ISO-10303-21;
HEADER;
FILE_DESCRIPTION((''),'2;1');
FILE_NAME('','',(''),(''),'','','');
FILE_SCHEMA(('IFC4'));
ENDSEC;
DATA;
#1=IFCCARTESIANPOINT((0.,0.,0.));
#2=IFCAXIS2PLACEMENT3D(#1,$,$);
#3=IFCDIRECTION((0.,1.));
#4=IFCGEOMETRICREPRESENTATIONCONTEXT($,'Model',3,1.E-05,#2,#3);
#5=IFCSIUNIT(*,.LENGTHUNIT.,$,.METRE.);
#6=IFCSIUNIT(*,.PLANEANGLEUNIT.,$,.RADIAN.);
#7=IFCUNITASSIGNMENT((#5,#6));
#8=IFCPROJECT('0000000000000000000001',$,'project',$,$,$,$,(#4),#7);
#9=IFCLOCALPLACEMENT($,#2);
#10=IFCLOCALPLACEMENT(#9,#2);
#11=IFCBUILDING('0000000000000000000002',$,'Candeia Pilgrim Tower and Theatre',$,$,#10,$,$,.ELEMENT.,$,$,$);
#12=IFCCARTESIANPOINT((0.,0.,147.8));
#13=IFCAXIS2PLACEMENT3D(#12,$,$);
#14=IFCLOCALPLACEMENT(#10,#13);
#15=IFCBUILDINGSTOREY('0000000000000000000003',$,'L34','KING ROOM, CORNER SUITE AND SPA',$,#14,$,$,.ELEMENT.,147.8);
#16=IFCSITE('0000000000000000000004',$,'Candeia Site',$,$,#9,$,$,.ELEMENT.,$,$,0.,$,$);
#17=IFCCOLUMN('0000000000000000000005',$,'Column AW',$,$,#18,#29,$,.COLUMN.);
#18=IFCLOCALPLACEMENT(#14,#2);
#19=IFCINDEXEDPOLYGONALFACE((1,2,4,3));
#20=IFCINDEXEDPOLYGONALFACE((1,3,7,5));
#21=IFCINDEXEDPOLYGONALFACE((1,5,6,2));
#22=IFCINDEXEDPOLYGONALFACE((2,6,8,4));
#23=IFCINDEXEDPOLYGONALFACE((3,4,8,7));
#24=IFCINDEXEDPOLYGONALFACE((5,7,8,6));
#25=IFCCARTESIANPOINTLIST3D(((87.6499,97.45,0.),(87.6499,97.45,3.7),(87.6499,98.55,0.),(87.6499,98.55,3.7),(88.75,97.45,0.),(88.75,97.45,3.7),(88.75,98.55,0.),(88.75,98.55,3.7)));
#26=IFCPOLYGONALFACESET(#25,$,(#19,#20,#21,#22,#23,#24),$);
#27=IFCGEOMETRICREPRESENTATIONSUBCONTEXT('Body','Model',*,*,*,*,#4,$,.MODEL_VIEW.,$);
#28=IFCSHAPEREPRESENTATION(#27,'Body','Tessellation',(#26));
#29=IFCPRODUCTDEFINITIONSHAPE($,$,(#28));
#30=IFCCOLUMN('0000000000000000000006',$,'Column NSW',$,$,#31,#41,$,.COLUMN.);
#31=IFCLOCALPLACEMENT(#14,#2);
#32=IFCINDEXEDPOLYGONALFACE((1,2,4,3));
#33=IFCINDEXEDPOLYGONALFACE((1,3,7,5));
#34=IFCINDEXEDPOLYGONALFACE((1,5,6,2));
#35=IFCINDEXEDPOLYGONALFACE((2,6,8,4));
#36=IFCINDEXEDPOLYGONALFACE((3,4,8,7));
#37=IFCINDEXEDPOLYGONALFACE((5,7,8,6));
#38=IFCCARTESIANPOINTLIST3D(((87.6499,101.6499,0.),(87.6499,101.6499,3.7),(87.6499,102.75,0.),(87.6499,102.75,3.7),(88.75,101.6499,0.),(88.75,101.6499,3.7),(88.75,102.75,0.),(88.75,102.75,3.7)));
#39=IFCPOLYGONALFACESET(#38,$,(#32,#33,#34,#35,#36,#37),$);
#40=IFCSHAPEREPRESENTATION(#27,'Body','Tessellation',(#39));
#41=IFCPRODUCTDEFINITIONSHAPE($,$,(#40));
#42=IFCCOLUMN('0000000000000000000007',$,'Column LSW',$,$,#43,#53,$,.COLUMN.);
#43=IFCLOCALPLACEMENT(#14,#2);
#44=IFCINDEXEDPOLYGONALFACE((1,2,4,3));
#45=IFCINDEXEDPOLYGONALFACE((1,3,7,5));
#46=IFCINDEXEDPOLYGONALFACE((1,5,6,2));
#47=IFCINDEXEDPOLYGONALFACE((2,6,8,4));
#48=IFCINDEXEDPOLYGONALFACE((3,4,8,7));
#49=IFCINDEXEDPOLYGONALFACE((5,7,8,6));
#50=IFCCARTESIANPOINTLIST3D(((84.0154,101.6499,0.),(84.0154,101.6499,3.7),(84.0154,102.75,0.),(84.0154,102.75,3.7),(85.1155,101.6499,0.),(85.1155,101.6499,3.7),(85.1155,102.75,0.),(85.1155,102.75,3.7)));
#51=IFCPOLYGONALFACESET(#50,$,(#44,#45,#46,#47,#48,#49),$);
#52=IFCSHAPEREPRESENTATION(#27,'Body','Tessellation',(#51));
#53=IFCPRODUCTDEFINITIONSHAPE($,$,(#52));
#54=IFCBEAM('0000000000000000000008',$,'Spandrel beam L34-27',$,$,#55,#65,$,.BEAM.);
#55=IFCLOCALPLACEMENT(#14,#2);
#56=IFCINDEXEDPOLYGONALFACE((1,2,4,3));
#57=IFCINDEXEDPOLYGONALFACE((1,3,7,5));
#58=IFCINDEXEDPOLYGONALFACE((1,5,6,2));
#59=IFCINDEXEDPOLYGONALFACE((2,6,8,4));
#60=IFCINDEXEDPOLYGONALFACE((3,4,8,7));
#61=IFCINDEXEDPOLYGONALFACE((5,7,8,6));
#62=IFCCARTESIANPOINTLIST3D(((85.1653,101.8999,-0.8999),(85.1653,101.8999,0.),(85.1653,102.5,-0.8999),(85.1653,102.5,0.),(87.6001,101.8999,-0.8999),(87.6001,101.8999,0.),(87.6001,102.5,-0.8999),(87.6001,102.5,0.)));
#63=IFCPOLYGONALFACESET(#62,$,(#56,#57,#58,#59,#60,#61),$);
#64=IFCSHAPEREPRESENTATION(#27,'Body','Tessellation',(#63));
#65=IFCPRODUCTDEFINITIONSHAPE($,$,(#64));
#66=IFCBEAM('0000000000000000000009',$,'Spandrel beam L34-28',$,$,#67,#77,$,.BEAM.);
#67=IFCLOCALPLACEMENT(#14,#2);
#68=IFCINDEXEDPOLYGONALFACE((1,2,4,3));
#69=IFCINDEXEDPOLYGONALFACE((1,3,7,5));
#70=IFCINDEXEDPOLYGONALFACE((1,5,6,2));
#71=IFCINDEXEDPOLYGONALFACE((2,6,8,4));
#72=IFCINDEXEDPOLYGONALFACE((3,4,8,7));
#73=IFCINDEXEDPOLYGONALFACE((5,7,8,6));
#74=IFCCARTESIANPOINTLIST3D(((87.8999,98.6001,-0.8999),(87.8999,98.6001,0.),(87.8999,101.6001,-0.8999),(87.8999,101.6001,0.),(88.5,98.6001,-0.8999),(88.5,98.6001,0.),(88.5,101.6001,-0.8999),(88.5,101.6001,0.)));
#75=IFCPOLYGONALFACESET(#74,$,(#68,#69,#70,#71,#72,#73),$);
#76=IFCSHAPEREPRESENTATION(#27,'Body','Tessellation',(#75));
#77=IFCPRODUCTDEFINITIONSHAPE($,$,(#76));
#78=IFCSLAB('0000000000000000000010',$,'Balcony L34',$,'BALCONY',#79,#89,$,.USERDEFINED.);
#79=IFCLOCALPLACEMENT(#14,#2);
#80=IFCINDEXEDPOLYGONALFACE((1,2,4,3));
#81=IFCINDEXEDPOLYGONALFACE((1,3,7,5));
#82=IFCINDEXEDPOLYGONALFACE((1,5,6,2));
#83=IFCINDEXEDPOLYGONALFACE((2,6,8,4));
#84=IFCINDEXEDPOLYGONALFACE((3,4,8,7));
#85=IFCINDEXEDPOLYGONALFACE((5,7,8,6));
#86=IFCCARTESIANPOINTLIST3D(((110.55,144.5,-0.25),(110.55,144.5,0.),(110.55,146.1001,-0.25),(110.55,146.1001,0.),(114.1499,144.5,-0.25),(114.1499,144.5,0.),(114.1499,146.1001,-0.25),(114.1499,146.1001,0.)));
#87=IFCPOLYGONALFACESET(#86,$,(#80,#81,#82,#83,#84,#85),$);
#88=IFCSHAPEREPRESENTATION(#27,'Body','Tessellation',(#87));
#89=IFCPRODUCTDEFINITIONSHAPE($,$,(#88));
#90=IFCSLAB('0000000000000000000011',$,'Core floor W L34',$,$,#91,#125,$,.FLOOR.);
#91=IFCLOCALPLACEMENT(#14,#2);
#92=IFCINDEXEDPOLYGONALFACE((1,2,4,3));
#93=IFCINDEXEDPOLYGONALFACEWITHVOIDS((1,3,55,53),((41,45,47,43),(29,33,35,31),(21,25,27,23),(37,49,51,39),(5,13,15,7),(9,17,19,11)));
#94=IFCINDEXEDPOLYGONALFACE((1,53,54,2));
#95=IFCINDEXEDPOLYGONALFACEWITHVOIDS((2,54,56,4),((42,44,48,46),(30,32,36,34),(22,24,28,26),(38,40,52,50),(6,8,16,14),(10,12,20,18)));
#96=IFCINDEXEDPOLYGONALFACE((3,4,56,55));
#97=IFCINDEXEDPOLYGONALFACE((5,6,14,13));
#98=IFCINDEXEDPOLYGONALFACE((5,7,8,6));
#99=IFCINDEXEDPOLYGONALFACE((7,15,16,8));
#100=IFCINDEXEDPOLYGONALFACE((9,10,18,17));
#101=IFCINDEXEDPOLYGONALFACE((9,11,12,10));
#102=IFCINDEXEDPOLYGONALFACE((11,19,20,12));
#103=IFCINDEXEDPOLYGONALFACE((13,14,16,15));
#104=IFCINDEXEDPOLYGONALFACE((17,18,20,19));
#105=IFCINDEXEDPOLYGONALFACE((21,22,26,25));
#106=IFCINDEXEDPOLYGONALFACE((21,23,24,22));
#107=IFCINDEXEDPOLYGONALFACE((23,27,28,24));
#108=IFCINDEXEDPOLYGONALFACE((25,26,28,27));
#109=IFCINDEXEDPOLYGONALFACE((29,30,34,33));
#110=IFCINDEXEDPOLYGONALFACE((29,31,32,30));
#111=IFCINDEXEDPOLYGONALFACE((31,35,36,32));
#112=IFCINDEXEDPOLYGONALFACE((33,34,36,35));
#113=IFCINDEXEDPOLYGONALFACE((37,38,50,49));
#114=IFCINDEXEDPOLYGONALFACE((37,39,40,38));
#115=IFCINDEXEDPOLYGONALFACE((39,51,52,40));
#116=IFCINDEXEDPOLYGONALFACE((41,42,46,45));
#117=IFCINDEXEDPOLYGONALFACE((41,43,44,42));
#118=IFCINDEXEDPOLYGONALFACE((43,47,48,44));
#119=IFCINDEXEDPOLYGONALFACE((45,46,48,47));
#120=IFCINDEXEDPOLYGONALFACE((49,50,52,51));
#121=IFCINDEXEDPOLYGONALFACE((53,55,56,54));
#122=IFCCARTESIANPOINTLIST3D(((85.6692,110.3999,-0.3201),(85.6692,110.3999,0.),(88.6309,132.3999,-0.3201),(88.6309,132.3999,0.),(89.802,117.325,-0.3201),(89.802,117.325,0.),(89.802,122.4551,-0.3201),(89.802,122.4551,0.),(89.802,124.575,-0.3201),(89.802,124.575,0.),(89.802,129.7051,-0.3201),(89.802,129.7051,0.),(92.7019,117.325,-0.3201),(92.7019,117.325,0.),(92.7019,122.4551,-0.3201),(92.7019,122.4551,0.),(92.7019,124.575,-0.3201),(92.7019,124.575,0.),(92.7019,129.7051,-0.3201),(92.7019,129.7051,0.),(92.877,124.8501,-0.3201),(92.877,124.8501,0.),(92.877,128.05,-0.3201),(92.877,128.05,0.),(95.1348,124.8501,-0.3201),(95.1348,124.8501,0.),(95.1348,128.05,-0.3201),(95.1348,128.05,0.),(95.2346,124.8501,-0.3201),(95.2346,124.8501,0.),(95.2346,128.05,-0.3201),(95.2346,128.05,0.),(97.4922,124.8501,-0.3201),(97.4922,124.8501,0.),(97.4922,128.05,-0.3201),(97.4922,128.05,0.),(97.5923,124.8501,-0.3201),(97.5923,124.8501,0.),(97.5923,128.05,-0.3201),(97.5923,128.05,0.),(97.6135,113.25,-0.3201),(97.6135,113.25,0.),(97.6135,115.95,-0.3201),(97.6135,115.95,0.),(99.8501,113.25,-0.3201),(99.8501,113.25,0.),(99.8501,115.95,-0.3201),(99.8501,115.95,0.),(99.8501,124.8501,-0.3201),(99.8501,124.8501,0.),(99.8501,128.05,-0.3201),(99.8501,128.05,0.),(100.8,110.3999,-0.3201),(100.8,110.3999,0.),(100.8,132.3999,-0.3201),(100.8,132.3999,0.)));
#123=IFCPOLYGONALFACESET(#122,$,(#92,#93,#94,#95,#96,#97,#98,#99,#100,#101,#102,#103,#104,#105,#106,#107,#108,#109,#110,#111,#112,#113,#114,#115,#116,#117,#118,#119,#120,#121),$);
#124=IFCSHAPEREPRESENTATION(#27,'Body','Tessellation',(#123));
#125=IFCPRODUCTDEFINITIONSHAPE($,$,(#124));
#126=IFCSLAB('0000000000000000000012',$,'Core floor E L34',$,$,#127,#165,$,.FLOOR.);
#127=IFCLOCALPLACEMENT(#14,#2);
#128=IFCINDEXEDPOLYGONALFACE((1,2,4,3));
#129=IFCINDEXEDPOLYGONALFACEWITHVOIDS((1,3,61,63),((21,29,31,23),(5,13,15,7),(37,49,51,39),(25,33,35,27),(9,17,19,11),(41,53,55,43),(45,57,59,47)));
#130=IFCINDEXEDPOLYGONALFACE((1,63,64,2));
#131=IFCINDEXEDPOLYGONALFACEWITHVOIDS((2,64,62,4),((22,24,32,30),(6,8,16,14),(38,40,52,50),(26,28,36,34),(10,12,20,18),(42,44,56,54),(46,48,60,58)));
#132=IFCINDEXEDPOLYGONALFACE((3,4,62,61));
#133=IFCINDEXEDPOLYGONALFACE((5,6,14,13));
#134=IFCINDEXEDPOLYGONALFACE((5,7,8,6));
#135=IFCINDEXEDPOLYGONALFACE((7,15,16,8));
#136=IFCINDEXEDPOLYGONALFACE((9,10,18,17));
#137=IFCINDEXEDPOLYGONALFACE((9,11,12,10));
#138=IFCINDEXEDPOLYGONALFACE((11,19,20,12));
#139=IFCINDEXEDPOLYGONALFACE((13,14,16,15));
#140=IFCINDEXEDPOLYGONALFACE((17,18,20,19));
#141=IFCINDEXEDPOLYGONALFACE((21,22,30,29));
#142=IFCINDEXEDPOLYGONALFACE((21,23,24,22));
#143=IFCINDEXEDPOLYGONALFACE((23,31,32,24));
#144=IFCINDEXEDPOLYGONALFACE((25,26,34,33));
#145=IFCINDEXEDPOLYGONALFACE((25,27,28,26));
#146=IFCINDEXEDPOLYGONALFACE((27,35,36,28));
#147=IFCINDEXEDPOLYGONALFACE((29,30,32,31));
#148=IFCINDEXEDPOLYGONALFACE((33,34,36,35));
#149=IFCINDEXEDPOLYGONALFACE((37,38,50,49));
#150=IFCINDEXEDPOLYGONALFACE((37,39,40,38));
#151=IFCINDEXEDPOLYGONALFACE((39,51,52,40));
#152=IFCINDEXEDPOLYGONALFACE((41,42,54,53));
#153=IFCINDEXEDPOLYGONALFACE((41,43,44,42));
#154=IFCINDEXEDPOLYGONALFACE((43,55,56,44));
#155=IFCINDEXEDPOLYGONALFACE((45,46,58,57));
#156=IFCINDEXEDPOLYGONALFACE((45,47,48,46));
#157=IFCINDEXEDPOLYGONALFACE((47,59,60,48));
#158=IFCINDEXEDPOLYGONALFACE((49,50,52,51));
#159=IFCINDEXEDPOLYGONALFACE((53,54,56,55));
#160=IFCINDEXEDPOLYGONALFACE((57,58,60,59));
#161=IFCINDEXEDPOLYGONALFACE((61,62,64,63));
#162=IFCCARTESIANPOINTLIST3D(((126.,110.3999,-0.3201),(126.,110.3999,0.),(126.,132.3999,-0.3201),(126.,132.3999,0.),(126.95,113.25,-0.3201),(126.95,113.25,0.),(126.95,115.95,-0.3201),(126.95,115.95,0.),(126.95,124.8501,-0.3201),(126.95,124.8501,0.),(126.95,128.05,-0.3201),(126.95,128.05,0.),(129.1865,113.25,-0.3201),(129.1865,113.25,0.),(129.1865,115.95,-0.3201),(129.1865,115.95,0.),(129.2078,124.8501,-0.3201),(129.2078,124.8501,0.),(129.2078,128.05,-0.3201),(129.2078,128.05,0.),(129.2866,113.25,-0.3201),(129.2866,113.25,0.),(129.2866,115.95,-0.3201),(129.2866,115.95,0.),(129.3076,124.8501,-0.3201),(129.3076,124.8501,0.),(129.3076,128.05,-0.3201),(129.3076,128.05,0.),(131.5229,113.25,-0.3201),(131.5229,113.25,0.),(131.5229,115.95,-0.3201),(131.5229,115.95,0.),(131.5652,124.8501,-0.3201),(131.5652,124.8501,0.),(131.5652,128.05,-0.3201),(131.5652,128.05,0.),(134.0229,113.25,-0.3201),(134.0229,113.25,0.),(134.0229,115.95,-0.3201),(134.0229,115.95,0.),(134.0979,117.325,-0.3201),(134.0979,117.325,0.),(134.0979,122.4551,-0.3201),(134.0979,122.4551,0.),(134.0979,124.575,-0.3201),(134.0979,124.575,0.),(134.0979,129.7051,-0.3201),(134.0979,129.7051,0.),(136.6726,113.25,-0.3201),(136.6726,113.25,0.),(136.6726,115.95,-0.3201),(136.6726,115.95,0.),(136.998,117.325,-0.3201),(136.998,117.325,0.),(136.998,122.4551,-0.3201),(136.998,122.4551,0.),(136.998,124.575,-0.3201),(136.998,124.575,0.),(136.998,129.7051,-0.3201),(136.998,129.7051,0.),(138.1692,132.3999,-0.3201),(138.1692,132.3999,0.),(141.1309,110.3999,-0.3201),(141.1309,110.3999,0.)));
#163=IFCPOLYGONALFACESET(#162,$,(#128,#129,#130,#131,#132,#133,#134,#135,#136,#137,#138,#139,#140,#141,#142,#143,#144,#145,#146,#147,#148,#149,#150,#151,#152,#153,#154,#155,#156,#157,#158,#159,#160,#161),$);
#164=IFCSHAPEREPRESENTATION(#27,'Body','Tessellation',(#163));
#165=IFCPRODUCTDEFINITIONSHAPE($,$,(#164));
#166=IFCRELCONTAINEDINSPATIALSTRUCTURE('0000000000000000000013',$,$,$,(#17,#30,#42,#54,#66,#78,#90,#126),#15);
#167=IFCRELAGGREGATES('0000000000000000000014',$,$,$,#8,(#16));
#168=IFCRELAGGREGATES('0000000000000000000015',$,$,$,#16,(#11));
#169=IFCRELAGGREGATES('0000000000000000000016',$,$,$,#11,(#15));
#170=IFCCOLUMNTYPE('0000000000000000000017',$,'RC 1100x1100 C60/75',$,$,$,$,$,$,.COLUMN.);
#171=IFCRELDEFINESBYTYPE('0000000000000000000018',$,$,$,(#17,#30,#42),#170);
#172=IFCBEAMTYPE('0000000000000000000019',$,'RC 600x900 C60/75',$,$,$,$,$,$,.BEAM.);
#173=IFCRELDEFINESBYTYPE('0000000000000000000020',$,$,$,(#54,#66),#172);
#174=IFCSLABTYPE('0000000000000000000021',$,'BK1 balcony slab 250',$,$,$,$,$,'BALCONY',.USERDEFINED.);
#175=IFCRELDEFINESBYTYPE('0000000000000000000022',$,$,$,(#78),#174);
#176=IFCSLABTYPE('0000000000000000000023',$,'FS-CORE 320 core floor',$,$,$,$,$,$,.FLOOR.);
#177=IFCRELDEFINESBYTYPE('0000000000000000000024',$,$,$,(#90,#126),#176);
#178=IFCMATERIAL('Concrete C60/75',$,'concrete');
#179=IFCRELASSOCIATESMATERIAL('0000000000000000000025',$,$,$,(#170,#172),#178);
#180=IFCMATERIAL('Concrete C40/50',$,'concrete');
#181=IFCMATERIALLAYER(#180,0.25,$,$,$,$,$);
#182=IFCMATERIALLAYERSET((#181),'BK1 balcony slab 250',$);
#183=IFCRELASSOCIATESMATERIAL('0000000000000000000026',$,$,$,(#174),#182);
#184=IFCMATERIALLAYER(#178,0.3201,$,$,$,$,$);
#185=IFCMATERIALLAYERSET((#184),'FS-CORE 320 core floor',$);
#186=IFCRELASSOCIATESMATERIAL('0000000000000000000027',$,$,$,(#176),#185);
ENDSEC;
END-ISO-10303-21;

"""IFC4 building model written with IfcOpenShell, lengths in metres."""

from ifc_helpers import new_model, si_unit, direction, frame, origin, origin_2d, place, context, subcontext, project, spatial, polyline, rectangle, outline, extrude, material, layer, layer_set, material_profile, profile_set, type_object, element, save


model = new_model("IFC4")

# Units and contexts
model_context = context("Model", 3, precision=1e-05, world=origin(), true_north=direction((0.0, 1.0)))
body_context = subcontext(model_context, "Body", "Model", "MODEL_VIEW")
ifc_project = project(units=[si_unit("LENGTHUNIT", "METRE"), si_unit("PLANEANGLEUNIT", "RADIAN")], contexts=[model_context])

# Site, building, storey
site_placement = place(None, origin())
site = spatial("IfcSite", under=ifc_project, at=site_placement, Name="Candeia Site", CompositionType="ELEMENT", RefElevation=0.0)
building_placement = place(site_placement, origin())
building = spatial("IfcBuilding", under=site, at=building_placement, Name="Candeia Pilgrim Tower and Theatre", CompositionType="ELEMENT")
storey_placement = place(building_placement, frame((0.0, 0.0, 147.8)))
storey = spatial("IfcBuildingStorey", under=building, at=storey_placement, Name="L34", Description="KING ROOM, CORNER SUITE AND SPA", CompositionType="ELEMENT", Elevation=147.8)

# Columns
ifc_material_1 = material(Name="Concrete C60/75", Category="concrete")
ifc_material_profile_1 = material_profile(ifc_material_1, rectangle(XDim=1.1001, YDim=1.1001, at=origin_2d()))
ifc_profile_set_1 = profile_set([ifc_material_profile_1], Name="Concrete C60/75")
column_type = type_object("IfcColumnType", Name="RC 1100x1100 C60/75", PredefinedType="COLUMN", material=ifc_profile_set_1)
for number, where, z_axis, x_axis, name in (
    (1, (88.2, 98.0, 0.0), (0.0, 0.0, 1.0), (1.0, 0.0, 0.0), "Column AW"),
    (2, (88.2, 102.2, 0.0), (0.0, 0.0, 1.0), (1.0, 0.0, 0.0), "Column NSW"),
    (3, (84.5654, 102.2, 0.0), (0.0, 0.0, 1.0), (1.0, 0.0, 0.0), "Column LSW"),
):
    element("IfcColumn", number, at=place(storey_placement, frame(where, z_axis=z_axis, x_axis=x_axis)), inside=storey, type_object=column_type, Name=name, PredefinedType="COLUMN", context=body_context, shape_type="SweptSolid", body=[
        extrude(rectangle(XDim=1.1001, YDim=1.1001, at=origin_2d()), origin(), (0.0, 0.0, 1.0), 3.7),
    ])

# Beams
ifc_material_profile_2 = material_profile(ifc_material_1, rectangle(XDim=0.6001, YDim=0.8999, at=origin_2d()))
ifc_profile_set_2 = profile_set([ifc_material_profile_2], Name="Concrete C60/75")
beam_type = type_object("IfcBeamType", Name="RC 600x900 C60/75", PredefinedType="BEAM", material=ifc_profile_set_2)
beam_1_placement = place(storey_placement, frame((85.1653, 102.2, -0.45), z_axis=(1.0, 0.0, 0.0), x_axis=(0.0, 1.0, 0.0)))
element("IfcBeam", 4, at=beam_1_placement, inside=storey, type_object=beam_type, Name="Spandrel beam L34-27", PredefinedType="BEAM", context=body_context, shape_type="SweptSolid", body=[
    extrude(rectangle(XDim=0.6001, YDim=0.8999, at=origin_2d()), origin(), (0.0, 0.0, 1.0), 2.4348),
])
beam_2_placement = place(storey_placement, frame((88.2, 101.6001, -0.45), z_axis=(0.0, -1.0, 0.0), x_axis=(1.0, 0.0, 0.0)))
element("IfcBeam", 5, at=beam_2_placement, inside=storey, type_object=beam_type, Name="Spandrel beam L34-28", PredefinedType="BEAM", context=body_context, shape_type="SweptSolid", body=[
    extrude(rectangle(XDim=0.6001, YDim=0.8999, at=origin_2d()), origin(), (0.0, 0.0, 1.0), 3.0),
])

# Slabs
ifc_material_2 = material(Name="Concrete C40/50", Category="concrete")
ifc_layer_1 = layer(ifc_material_2, 0.25)
ifc_layer_set_1 = layer_set([ifc_layer_1], Name="BK1 balcony slab 250")
slab_type_1 = type_object("IfcSlabType", Name="BK1 balcony slab 250", ElementType="BALCONY", PredefinedType="USERDEFINED", material=ifc_layer_set_1)
slab_1_placement = place(storey_placement, frame((0.0, 0.0, -0.25)))
element("IfcSlab", 6, at=slab_1_placement, inside=storey, type_object=slab_type_1, Name="Balcony L34", ObjectType="BALCONY", PredefinedType="USERDEFINED", context=body_context, shape_type="SweptSolid", body=[
    extrude(outline(polyline([(110.55, 144.5), (114.1499, 144.5), (114.1499, 146.1001), (110.55, 146.1001), (110.55, 144.5)])), origin(), (0.0, 0.0, 1.0), 0.25),
])
ifc_layer_2 = layer(ifc_material_1, 0.3201)
ifc_layer_set_2 = layer_set([ifc_layer_2], Name="FS-CORE 320 core floor")
slab_type_2 = type_object("IfcSlabType", Name="FS-CORE 320 core floor", PredefinedType="FLOOR", material=ifc_layer_set_2)
slab_2_placement = place(storey_placement, frame((0.0, 0.0, -0.3201)))
element("IfcSlab", 7, at=slab_2_placement, inside=storey, type_object=slab_type_2, Name="Core floor W L34", PredefinedType="FLOOR", context=body_context, shape_type="SweptSolid", body=[
    extrude(outline(polyline([(100.8, 132.3999), (100.8, 110.3999), (85.6692, 110.3999), (88.6309, 132.3999), (100.8, 132.3999)]), holes=[polyline([(97.5923, 128.05), (97.5923, 124.8501), (99.8501, 124.8501), (99.8501, 128.05), (97.5923, 128.05)]), polyline([(97.6135, 113.25), (99.8501, 113.25), (99.8501, 115.95), (97.6135, 115.95), (97.6135, 113.25)]), polyline([(95.2346, 124.8501), (97.4922, 124.8501), (97.4922, 128.05), (95.2346, 128.05), (95.2346, 124.8501)]), polyline([(92.877, 128.05), (92.877, 124.8501), (95.1348, 124.8501), (95.1348, 128.05), (92.877, 128.05)]), polyline([(89.802, 122.4551), (89.802, 117.325), (92.7019, 117.325), (92.7019, 122.4551), (89.802, 122.4551)]), polyline([(89.802, 129.7051), (89.802, 124.575), (92.7019, 124.575), (92.7019, 129.7051), (89.802, 129.7051)])]), origin(), (0.0, 0.0, 1.0), 0.3201),
])
slab_3_placement = place(storey_placement, frame((0.0, 0.0, -0.3201)))
element("IfcSlab", 8, at=slab_3_placement, inside=storey, type_object=slab_type_2, Name="Core floor E L34", PredefinedType="FLOOR", context=body_context, shape_type="SweptSolid", body=[
    extrude(outline(polyline([(138.1692, 132.3999), (141.1309, 110.3999), (126.0, 110.3999), (126.0, 132.3999), (138.1692, 132.3999)]), holes=[polyline([(134.0979, 122.4551), (134.0979, 117.325), (136.998, 117.325), (136.998, 122.4551), (134.0979, 122.4551)]), polyline([(134.0979, 129.7051), (134.0979, 124.575), (136.998, 124.575), (136.998, 129.7051), (134.0979, 129.7051)]), polyline([(136.6726, 115.95), (134.0229, 115.95), (134.0229, 113.25), (136.6726, 113.25), (136.6726, 115.95)]), polyline([(131.5652, 128.05), (129.3076, 128.05), (129.3076, 124.8501), (131.5652, 124.8501), (131.5652, 128.05)]), polyline([(131.5229, 115.95), (129.2866, 115.95), (129.2866, 113.25), (131.5229, 113.25), (131.5229, 115.95)]), polyline([(129.2078, 128.05), (126.95, 128.05), (126.95, 124.8501), (129.2078, 124.8501), (129.2078, 128.05)]), polyline([(126.95, 115.95), (126.95, 113.25), (129.1865, 113.25), (129.1865, 115.95), (126.95, 115.95)])]), origin(), (0.0, 0.0, 1.0), 0.3201),
])

save(model, "model.ifc")
